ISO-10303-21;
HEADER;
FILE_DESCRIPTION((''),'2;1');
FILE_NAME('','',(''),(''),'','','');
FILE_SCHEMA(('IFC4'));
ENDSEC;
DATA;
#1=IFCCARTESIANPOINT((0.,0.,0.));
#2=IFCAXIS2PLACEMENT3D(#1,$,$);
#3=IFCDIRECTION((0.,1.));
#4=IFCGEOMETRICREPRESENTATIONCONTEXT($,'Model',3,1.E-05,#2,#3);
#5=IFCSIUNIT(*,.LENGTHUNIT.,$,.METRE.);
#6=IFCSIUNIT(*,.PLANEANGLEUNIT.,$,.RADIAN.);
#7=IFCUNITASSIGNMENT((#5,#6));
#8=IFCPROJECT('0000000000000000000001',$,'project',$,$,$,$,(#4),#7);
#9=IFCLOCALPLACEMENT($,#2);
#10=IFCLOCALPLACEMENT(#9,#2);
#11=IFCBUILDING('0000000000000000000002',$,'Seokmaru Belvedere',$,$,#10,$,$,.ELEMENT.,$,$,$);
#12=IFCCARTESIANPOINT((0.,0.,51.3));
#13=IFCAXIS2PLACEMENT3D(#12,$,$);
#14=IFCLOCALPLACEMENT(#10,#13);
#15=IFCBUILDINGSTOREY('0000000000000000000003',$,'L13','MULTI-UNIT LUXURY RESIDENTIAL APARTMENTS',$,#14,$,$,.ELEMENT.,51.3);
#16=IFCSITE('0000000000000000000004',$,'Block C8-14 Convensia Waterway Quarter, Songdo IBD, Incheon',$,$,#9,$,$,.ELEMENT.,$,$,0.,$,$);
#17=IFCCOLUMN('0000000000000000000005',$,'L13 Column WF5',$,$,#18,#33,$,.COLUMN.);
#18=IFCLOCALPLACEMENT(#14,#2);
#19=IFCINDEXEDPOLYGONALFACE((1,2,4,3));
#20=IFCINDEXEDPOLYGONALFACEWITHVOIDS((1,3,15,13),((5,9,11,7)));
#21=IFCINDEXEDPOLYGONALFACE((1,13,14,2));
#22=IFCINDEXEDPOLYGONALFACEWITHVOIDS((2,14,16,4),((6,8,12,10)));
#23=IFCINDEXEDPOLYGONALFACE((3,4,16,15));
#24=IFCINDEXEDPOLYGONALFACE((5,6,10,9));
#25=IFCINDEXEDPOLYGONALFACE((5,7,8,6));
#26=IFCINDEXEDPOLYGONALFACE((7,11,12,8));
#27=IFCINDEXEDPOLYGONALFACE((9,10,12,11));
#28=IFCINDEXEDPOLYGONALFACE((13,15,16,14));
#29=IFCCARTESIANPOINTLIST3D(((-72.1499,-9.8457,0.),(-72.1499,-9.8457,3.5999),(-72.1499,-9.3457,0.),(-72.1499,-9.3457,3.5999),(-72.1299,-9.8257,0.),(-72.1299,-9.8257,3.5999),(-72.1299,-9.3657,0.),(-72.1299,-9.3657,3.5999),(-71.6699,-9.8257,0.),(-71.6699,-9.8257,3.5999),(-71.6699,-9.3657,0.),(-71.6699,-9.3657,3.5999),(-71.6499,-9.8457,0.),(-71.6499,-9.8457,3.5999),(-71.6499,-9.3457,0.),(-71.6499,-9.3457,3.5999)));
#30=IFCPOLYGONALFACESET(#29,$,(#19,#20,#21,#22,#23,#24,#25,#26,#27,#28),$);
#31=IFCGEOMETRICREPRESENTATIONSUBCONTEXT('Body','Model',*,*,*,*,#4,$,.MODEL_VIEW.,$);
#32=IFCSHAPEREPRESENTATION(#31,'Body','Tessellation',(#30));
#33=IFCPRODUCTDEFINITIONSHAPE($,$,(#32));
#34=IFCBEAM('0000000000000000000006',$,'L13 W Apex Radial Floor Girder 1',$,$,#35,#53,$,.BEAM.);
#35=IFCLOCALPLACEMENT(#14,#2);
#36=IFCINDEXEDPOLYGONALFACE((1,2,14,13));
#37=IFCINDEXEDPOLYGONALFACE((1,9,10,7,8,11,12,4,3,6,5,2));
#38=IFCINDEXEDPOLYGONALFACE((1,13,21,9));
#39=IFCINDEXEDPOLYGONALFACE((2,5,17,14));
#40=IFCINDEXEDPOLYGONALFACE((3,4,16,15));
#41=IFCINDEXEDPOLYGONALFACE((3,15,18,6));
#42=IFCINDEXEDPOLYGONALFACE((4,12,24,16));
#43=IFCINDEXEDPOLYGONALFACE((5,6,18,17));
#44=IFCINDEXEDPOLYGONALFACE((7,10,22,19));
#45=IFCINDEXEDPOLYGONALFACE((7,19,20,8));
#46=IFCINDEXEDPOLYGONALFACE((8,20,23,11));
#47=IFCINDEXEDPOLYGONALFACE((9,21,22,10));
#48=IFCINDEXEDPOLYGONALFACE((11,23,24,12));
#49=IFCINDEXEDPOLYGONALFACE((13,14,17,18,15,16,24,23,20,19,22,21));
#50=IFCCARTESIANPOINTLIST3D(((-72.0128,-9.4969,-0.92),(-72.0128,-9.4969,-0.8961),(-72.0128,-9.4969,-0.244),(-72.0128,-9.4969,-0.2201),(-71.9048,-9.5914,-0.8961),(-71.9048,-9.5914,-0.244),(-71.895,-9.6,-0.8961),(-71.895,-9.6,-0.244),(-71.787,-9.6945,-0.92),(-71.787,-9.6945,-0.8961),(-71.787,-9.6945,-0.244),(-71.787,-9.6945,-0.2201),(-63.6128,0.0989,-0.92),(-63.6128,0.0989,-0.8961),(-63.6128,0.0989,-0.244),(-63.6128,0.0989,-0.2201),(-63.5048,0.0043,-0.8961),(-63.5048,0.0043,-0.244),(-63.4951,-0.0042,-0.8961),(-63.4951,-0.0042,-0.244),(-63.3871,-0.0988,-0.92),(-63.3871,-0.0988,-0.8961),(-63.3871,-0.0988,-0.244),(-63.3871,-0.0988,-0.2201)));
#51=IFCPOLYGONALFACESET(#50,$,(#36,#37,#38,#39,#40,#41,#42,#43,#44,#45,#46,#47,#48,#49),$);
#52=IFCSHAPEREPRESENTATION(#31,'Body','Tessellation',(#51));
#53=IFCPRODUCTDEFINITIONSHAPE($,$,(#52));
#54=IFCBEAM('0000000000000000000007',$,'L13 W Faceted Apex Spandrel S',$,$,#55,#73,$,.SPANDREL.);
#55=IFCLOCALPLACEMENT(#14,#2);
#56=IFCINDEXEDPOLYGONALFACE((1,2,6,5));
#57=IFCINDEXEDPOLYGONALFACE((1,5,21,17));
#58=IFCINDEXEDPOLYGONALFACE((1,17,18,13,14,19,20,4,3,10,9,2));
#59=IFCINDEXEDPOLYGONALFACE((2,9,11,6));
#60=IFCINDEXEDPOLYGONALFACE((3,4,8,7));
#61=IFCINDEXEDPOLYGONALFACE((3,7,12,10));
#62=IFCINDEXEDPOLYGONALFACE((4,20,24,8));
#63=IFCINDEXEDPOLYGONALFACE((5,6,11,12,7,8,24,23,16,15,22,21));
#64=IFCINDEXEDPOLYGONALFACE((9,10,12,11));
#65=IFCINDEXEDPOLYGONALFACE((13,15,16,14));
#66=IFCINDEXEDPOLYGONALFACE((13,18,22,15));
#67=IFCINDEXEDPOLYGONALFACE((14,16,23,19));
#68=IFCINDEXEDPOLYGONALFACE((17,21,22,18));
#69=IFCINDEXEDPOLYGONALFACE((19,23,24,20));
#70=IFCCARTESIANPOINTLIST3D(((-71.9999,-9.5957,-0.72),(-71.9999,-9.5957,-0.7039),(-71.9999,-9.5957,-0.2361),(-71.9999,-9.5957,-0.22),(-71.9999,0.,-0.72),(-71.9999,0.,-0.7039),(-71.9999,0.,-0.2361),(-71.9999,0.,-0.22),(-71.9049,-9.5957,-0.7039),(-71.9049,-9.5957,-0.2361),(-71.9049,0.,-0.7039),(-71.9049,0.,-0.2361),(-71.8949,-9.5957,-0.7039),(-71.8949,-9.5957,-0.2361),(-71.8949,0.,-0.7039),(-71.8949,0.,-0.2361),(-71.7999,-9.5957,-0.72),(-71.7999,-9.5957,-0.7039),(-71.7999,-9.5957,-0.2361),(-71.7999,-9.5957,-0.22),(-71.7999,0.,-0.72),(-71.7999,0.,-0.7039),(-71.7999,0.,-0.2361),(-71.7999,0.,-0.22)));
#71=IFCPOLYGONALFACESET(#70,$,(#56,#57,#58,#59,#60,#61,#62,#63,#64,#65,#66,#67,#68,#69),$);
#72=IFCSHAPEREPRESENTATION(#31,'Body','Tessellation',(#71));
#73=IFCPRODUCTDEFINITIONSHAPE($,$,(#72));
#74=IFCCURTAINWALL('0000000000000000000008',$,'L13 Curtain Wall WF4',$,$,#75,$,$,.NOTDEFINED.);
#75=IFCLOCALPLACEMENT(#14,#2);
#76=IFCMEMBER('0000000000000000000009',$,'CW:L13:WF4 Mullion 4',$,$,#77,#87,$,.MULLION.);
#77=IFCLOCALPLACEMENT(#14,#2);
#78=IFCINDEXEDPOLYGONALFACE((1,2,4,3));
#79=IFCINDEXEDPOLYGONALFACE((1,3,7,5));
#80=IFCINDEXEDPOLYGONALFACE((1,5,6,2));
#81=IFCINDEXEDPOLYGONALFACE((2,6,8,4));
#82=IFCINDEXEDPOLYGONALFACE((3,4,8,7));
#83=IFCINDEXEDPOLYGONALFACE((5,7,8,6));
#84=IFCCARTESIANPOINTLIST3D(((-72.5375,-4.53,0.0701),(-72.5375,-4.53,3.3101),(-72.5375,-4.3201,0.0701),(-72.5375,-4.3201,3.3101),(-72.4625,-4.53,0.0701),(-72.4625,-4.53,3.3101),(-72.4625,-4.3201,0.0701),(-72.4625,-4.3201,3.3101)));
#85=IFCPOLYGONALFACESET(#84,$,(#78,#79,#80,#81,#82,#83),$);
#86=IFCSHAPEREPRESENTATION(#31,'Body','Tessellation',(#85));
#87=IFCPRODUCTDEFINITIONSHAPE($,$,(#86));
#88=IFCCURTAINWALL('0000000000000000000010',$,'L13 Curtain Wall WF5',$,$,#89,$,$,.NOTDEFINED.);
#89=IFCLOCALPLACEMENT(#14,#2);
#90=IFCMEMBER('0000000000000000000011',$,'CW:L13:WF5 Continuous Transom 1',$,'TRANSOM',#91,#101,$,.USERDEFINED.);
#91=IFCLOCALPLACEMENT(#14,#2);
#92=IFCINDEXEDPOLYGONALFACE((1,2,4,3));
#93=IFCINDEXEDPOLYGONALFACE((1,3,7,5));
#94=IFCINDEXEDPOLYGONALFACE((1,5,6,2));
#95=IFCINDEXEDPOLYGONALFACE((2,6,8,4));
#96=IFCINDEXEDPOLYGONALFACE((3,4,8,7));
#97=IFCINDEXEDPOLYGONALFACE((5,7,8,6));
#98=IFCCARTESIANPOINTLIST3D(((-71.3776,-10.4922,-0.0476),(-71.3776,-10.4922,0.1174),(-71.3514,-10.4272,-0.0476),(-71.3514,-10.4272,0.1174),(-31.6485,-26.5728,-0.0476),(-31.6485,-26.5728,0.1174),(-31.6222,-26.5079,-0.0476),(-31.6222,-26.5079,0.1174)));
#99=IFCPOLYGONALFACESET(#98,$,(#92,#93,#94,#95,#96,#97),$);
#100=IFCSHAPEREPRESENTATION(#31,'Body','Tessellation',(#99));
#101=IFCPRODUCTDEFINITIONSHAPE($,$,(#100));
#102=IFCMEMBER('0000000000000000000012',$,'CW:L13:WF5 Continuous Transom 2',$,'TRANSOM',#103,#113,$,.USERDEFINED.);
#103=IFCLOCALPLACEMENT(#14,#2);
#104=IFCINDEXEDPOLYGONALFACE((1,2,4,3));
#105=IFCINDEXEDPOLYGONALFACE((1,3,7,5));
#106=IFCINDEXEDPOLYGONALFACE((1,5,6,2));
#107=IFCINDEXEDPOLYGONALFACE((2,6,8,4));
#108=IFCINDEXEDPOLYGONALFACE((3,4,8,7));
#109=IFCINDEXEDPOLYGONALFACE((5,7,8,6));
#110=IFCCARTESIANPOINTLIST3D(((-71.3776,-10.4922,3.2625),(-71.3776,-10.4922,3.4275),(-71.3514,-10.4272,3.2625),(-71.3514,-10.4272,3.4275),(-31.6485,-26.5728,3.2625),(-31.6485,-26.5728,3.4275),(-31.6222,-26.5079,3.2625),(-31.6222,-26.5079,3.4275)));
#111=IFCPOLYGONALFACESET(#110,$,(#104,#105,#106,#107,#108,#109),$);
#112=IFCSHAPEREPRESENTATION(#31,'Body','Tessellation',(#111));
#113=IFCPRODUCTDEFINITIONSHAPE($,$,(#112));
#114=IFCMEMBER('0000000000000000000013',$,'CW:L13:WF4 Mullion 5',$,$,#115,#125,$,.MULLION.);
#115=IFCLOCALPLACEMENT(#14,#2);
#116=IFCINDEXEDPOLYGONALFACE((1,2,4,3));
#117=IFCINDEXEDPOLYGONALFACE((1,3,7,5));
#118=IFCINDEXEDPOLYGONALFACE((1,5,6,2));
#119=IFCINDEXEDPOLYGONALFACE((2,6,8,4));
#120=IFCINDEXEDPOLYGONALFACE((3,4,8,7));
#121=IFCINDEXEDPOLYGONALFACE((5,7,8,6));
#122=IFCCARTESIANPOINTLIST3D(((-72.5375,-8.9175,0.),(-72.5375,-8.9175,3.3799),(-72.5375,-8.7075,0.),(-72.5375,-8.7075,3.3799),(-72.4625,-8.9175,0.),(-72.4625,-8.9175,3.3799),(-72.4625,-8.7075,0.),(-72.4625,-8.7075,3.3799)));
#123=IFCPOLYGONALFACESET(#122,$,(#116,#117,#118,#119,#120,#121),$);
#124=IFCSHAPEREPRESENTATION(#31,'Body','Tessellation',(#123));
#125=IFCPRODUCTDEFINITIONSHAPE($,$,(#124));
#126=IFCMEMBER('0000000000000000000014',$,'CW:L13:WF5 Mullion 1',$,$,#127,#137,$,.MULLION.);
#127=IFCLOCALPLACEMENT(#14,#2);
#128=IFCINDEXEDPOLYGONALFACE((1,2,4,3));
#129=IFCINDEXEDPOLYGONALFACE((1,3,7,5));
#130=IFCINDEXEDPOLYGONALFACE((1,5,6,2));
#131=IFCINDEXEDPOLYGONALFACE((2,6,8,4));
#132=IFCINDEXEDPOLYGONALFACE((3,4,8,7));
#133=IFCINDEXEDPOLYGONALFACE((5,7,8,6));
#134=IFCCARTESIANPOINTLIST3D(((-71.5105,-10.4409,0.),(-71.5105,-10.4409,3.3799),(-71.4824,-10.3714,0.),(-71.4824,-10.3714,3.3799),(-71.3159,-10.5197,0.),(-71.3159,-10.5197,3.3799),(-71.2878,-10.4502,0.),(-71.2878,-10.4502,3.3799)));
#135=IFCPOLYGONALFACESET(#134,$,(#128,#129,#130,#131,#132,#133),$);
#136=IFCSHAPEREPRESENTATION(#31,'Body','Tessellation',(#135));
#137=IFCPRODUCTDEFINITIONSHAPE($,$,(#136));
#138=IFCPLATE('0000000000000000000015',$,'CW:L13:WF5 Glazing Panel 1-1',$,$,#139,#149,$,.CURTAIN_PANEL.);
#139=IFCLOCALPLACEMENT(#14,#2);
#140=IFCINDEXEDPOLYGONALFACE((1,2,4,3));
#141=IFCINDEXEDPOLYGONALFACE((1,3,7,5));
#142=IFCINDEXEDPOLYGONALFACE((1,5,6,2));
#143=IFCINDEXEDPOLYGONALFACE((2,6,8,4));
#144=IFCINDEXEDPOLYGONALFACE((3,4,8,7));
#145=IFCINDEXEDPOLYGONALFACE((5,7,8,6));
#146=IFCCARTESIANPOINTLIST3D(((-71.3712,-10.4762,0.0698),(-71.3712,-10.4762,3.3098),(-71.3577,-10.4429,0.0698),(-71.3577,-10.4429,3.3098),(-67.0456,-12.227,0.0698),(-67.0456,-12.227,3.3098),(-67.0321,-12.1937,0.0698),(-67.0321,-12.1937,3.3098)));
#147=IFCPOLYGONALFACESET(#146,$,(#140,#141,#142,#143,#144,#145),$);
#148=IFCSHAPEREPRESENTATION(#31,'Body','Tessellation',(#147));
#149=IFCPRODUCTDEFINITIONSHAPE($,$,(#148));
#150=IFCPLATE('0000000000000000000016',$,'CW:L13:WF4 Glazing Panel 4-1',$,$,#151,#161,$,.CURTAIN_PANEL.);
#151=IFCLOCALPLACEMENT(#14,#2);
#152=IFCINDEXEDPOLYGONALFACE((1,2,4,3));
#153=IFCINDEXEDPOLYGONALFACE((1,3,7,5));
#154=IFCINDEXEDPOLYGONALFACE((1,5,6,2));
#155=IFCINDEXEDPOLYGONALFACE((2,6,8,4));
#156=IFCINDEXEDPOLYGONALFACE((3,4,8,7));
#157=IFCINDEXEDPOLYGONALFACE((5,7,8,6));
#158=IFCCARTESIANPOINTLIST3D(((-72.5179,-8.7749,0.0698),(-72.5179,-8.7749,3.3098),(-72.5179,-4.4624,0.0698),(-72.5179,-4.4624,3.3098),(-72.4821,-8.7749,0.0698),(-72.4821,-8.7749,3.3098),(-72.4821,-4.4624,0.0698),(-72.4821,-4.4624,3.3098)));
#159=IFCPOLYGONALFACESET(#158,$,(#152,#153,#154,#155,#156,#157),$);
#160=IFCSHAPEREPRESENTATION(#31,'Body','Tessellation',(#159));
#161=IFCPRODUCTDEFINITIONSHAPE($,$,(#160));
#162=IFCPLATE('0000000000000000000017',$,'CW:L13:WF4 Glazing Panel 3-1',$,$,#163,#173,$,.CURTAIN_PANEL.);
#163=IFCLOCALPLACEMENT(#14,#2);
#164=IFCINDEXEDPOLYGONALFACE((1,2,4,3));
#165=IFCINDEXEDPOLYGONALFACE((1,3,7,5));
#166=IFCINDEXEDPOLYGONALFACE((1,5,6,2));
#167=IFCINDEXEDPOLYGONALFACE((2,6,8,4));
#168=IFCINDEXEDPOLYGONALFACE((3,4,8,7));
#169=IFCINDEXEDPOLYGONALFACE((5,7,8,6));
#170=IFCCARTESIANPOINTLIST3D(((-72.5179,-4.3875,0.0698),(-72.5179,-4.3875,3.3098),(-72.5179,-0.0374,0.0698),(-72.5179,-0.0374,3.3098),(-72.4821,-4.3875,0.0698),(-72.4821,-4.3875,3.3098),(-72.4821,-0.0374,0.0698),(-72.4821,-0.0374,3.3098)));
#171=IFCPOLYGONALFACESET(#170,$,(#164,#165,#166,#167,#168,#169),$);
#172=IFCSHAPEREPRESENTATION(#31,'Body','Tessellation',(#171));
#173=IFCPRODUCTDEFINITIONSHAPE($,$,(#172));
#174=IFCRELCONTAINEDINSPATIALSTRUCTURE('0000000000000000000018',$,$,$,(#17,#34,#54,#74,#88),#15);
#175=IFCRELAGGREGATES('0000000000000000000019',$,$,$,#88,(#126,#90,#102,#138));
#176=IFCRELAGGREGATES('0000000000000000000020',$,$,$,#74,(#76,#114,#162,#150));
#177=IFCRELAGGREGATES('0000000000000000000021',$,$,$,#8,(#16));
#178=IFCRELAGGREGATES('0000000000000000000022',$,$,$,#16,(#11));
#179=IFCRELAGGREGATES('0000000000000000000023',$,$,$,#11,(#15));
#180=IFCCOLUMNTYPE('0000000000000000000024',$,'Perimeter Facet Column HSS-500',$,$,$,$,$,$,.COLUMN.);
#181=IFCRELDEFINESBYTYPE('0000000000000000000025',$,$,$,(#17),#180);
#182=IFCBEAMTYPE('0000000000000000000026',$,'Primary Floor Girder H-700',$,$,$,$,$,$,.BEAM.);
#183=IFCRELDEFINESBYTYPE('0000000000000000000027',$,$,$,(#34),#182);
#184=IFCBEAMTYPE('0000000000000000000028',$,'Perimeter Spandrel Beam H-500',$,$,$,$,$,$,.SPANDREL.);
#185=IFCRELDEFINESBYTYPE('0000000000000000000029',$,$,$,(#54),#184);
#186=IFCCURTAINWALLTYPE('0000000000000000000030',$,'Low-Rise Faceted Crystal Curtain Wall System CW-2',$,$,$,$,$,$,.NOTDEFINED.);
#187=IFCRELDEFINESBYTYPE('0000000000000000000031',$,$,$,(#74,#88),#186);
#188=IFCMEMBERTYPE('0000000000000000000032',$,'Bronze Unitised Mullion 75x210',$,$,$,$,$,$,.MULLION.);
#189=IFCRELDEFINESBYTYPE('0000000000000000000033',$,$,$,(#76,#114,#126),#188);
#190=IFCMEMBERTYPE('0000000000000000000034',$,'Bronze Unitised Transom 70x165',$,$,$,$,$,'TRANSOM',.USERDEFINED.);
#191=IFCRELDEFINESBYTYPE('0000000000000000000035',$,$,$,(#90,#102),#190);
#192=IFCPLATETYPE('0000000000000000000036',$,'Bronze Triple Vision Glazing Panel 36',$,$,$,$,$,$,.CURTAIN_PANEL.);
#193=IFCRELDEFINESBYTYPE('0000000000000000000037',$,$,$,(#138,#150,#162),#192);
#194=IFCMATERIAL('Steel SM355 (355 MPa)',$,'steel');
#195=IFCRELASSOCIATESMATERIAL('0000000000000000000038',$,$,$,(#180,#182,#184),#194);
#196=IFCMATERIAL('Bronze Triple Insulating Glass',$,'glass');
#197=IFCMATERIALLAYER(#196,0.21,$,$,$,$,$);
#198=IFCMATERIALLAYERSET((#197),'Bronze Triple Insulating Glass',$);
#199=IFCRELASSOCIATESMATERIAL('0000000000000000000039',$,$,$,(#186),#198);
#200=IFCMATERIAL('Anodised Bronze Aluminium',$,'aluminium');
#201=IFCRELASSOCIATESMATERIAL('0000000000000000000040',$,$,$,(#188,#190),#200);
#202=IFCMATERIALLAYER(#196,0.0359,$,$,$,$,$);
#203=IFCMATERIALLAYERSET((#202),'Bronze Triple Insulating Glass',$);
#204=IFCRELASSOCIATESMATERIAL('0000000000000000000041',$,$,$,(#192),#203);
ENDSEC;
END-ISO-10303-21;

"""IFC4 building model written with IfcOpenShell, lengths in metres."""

from ifc_helpers import new_model, si_unit, direction, frame, origin, origin_2d, place, context, subcontext, project, spatial, rectangle, hollow_rectangle, i_section, extrude, source, transform, mapped, material, layer, layer_set, material_profile, profile_set, type_object, type_shapes, element, aggregate, save


model = new_model("IFC4")

# Units and contexts
model_context = context("Model", 3, precision=1e-05, world=origin(), true_north=direction((0.0, 1.0)))
body_context = subcontext(model_context, "Body", "Model", "MODEL_VIEW")
ifc_project = project(units=[si_unit("LENGTHUNIT", "METRE"), si_unit("PLANEANGLEUNIT", "RADIAN")], contexts=[model_context])

# Site, building, storey
site_placement = place(None, origin())
site = spatial("IfcSite", under=ifc_project, at=site_placement, Name="Block C8-14 Convensia Waterway Quarter, Songdo IBD, Incheon", CompositionType="ELEMENT", RefElevation=0.0)
building_placement = place(site_placement, origin())
building = spatial("IfcBuilding", under=site, at=building_placement, Name="Seokmaru Belvedere", CompositionType="ELEMENT")
storey_placement = place(building_placement, frame((0.0, 0.0, 51.3)))
storey = spatial("IfcBuildingStorey", under=building, at=storey_placement, Name="L13", Description="MULTI-UNIT LUXURY RESIDENTIAL APARTMENTS", CompositionType="ELEMENT", Elevation=51.3)

# Column
ifc_material_1 = material(Name="Steel SM355 (355 MPa)", Category="steel")
ifc_material_profile_1 = material_profile(ifc_material_1, hollow_rectangle(XDim=0.5, YDim=0.5, WallThickness=0.02, at=origin_2d()), Name="HSS-500x500x20")
ifc_profile_set_1 = profile_set([ifc_material_profile_1], Name="Steel SM355 (355 MPa)")
column_type = type_object("IfcColumnType", Name="Perimeter Facet Column HSS-500", PredefinedType="COLUMN", material=ifc_profile_set_1)
shared_shape_1 = source(origin(), body_context, "Body", "SweptSolid", [
    extrude(hollow_rectangle(XDim=0.5, YDim=0.5, WallThickness=0.02, at=origin_2d()), origin(), (0.0, 0.0, 1.0), 3.5999),
])
type_shapes(column_type, [shared_shape_1])
column_placement = place(storey_placement, frame((-71.8999, -9.5957, 0.0), z_axis=(0.0, 0.0, 1.0), x_axis=(1.0, 0.0, 0.0)))
element("IfcColumn", 1, at=column_placement, inside=storey, type_object=column_type, Name="L13 Column WF5", PredefinedType="COLUMN", context=body_context, shape_type="MappedRepresentation", body=[
    mapped(shared_shape_1, transform((0.0, 0.0, 0.0), scale=1.0)),
])

# Beams
ifc_material_profile_2 = material_profile(ifc_material_1, i_section(OverallWidth=0.3, OverallDepth=0.7, WebThickness=0.0129, FlangeThickness=0.0239, at=origin_2d()), Name="H-700x300x13x24")
ifc_profile_set_2 = profile_set([ifc_material_profile_2], Name="Steel SM355 (355 MPa)")
beam_type_1 = type_object("IfcBeamType", Name="Primary Floor Girder H-700", PredefinedType="BEAM", material=ifc_profile_set_2)
shared_shape_2 = source(origin(), body_context, "Body", "SweptSolid", [
    extrude(i_section(OverallWidth=0.3, OverallDepth=0.7, WebThickness=0.0129, FlangeThickness=0.0239, at=origin_2d()), origin(), (0.0, 0.0, 1.0), 12.7529),
])
type_shapes(beam_type_1, [shared_shape_2])
beam_1_placement = place(storey_placement, frame((-71.8999, -9.5957, -0.5701), z_axis=(0.658667, 0.752434, 0.0), x_axis=(-0.752434, 0.658667, 0.0)))
element("IfcBeam", 2, at=beam_1_placement, inside=storey, type_object=beam_type_1, Name="L13 W Apex Radial Floor Girder 1", PredefinedType="BEAM", context=body_context, shape_type="MappedRepresentation", body=[
    mapped(shared_shape_2, transform((0.0, 0.0, 0.0), scale=1.0)),
])
ifc_material_profile_3 = material_profile(ifc_material_1, i_section(OverallWidth=0.2, OverallDepth=0.5, WebThickness=0.01, FlangeThickness=0.0161, at=origin_2d()), Name="H-500x200x10x16")
ifc_profile_set_3 = profile_set([ifc_material_profile_3], Name="Steel SM355 (355 MPa)")
beam_type_2 = type_object("IfcBeamType", Name="Perimeter Spandrel Beam H-500", PredefinedType="SPANDREL", material=ifc_profile_set_3)
shared_shape_3 = source(origin(), body_context, "Body", "SweptSolid", [
    extrude(i_section(OverallWidth=0.2, OverallDepth=0.5, WebThickness=0.01, FlangeThickness=0.0161, at=origin_2d()), origin(), (0.0, 0.0, 1.0), 9.5957),
])
type_shapes(beam_type_2, [shared_shape_3])
beam_2_placement = place(storey_placement, frame((-71.8999, -9.5957, -0.47), z_axis=(0.0, 1.0, 0.0), x_axis=(-1.0, 0.0, 0.0)))
element("IfcBeam", 3, at=beam_2_placement, inside=storey, type_object=beam_type_2, Name="L13 W Faceted Apex Spandrel S", PredefinedType="SPANDREL", context=body_context, shape_type="MappedRepresentation", body=[
    mapped(shared_shape_3, transform((0.0, 0.0, 0.0), scale=1.0)),
])

# Curtain wall, member
ifc_material_2 = material(Name="Bronze Triple Insulating Glass", Category="glass")
ifc_layer_1 = layer(ifc_material_2, 0.21)
ifc_layer_set_1 = layer_set([ifc_layer_1], Name="Bronze Triple Insulating Glass")
curtain_wall_type = type_object("IfcCurtainWallType", Name="Low-Rise Faceted Crystal Curtain Wall System CW-2", PredefinedType="NOTDEFINED", material=ifc_layer_set_1)
curtain_wall_1_placement = place(storey_placement, origin())
curtain_wall_1 = element("IfcCurtainWall", 4, at=curtain_wall_1_placement, inside=storey, type_object=curtain_wall_type, Name="L13 Curtain Wall WF4", PredefinedType="NOTDEFINED")
ifc_material_3 = material(Name="Anodised Bronze Aluminium", Category="aluminium")
ifc_material_profile_4 = material_profile(ifc_material_3, rectangle(XDim=0.075, YDim=0.21, at=origin_2d()), Name="CW-M-75x210")
ifc_profile_set_4 = profile_set([ifc_material_profile_4], Name="Anodised Bronze Aluminium")
member_type_1 = type_object("IfcMemberType", Name="Bronze Unitised Mullion 75x210", PredefinedType="MULLION", material=ifc_profile_set_4)
shared_shape_4 = source(origin(), body_context, "Body", "SweptSolid", [
    extrude(rectangle(XDim=0.075, YDim=0.21, at=origin_2d()), origin(), (0.0, 0.0, 1.0), 3.24),
])
member_1_placement = place(storey_placement, frame((-72.5, -4.425, 0.0701), z_axis=(0.0, 0.0, 1.0), x_axis=(1.0, 0.0, 0.0)))
member_1 = element("IfcMember", 5, at=member_1_placement, type_object=member_type_1, Name="CW:L13:WF4 Mullion 4", PredefinedType="MULLION", context=body_context, shape_type="MappedRepresentation", body=[
    mapped(shared_shape_4, transform((0.0, 0.0, 0.0), scale=1.0)),
])

# Curtain wall, members
curtain_wall_2_placement = place(storey_placement, origin())
curtain_wall_2 = element("IfcCurtainWall", 6, at=curtain_wall_2_placement, inside=storey, type_object=curtain_wall_type, Name="L13 Curtain Wall WF5", PredefinedType="NOTDEFINED")
ifc_material_profile_5 = material_profile(ifc_material_3, rectangle(XDim=0.0701, YDim=0.165, at=origin_2d()), Name="CW-T-70x165")
ifc_profile_set_5 = profile_set([ifc_material_profile_5], Name="Anodised Bronze Aluminium")
member_type_2 = type_object("IfcMemberType", Name="Bronze Unitised Transom 70x165", ElementType="TRANSOM", PredefinedType="USERDEFINED", material=ifc_profile_set_5)
shared_shape_5 = source(origin(), body_context, "Body", "SweptSolid", [
    extrude(rectangle(XDim=0.0701, YDim=0.165, at=origin_2d()), origin(), (0.0, 0.0, 1.0), 42.8601),
])
type_shapes(member_type_2, [shared_shape_5])
member_2_placement = place(storey_placement, frame((-71.3645, -10.4597, 0.0349), z_axis=(0.926949, -0.375188, 0.0), x_axis=(0.375188, 0.926949, 0.0)))
member_2 = element("IfcMember", 7, at=member_2_placement, type_object=member_type_2, Name="CW:L13:WF5 Continuous Transom 1", ObjectType="TRANSOM", PredefinedType="USERDEFINED", context=body_context, shape_type="MappedRepresentation", body=[
    mapped(shared_shape_5, transform((0.0, 0.0, 0.0), scale=1.0)),
])
member_3_placement = place(storey_placement, frame((-71.3645, -10.4597, 3.345), z_axis=(0.926949, -0.375188, 0.0), x_axis=(0.375188, 0.926949, 0.0)))
member_3 = element("IfcMember", 8, at=member_3_placement, type_object=member_type_2, Name="CW:L13:WF5 Continuous Transom 2", ObjectType="TRANSOM", PredefinedType="USERDEFINED", context=body_context, shape_type="MappedRepresentation", body=[
    mapped(shared_shape_5, transform((0.0, 0.0, 0.0), scale=1.0)),
])

# Members
shared_shape_6 = source(origin(), body_context, "Body", "SweptSolid", [
    extrude(rectangle(XDim=0.075, YDim=0.21, at=origin_2d()), origin(), (0.0, 0.0, 1.0), 3.3799),
])
type_shapes(member_type_1, [shared_shape_4, shared_shape_6])
member_4_placement = place(storey_placement, frame((-72.5, -8.8125, 0.0), z_axis=(0.0, 0.0, 1.0), x_axis=(1.0, 0.0, 0.0)))
member_4 = element("IfcMember", 9, at=member_4_placement, type_object=member_type_1, Name="CW:L13:WF4 Mullion 5", PredefinedType="MULLION", context=body_context, shape_type="MappedRepresentation", body=[
    mapped(shared_shape_6, transform((0.0, 0.0, 0.0), scale=1.0)),
])
member_5_placement = place(storey_placement, frame((-71.3992, -10.4456, 0.0), z_axis=(0.0, 0.0, 1.0), x_axis=(0.375192, 0.926947, 0.0)))
member_5 = element("IfcMember", 10, at=member_5_placement, type_object=member_type_1, Name="CW:L13:WF5 Mullion 1", PredefinedType="MULLION", context=body_context, shape_type="MappedRepresentation", body=[
    mapped(shared_shape_6, transform((0.0, 0.0, 0.0), scale=1.0)),
])

# Plates
ifc_layer_2 = layer(ifc_material_2, 0.0359)
ifc_layer_set_2 = layer_set([ifc_layer_2], Name="Bronze Triple Insulating Glass")
plate_type = type_object("IfcPlateType", Name="Bronze Triple Vision Glazing Panel 36", PredefinedType="CURTAIN_PANEL", material=ifc_layer_set_2)
shared_shape_7 = source(origin(), body_context, "Body", "SweptSolid", [
    extrude(rectangle(XDim=4.6665, YDim=0.0359, at=origin_2d()), origin(), (0.0, 0.0, 1.0), 3.24),
])
plate_1_placement = place(storey_placement, frame((-69.2017, -11.335, 0.0698), z_axis=(0.0, 0.0, 1.0), x_axis=(0.926947, -0.375192, 0.0)))
plate_1 = element("IfcPlate", 11, at=plate_1_placement, type_object=plate_type, Name="CW:L13:WF5 Glazing Panel 1-1", PredefinedType="CURTAIN_PANEL", context=body_context, shape_type="MappedRepresentation", body=[
    mapped(shared_shape_7, transform((0.0, 0.0, 0.0), scale=1.0)),
])
aggregate(curtain_wall_2, [member_5, member_2, member_3, plate_1])
shared_shape_8 = source(origin(), body_context, "Body", "SweptSolid", [
    extrude(rectangle(XDim=4.3125, YDim=0.0359, at=origin_2d()), origin(), (0.0, 0.0, 1.0), 3.24),
])
plate_2_placement = place(storey_placement, frame((-72.5, -6.6187, 0.0698), z_axis=(0.0, 0.0, 1.0), x_axis=(0.0, -1.0, 0.0)))
plate_2 = element("IfcPlate", 12, at=plate_2_placement, type_object=plate_type, Name="CW:L13:WF4 Glazing Panel 4-1", PredefinedType="CURTAIN_PANEL", context=body_context, shape_type="MappedRepresentation", body=[
    mapped(shared_shape_8, transform((0.0, 0.0, 0.0), scale=1.0)),
])
shared_shape_9 = source(origin(), body_context, "Body", "SweptSolid", [
    extrude(rectangle(XDim=4.3501, YDim=0.0359, at=origin_2d()), origin(), (0.0, 0.0, 1.0), 3.24),
])
type_shapes(plate_type, [shared_shape_7, shared_shape_8, shared_shape_9])
plate_3_placement = place(storey_placement, frame((-72.5, -2.2124, 0.0698), z_axis=(0.0, 0.0, 1.0), x_axis=(0.0, -1.0, 0.0)))
plate_3 = element("IfcPlate", 13, at=plate_3_placement, type_object=plate_type, Name="CW:L13:WF4 Glazing Panel 3-1", PredefinedType="CURTAIN_PANEL", context=body_context, shape_type="MappedRepresentation", body=[
    mapped(shared_shape_9, transform((0.0, 0.0, 0.0), scale=1.0)),
])
aggregate(curtain_wall_1, [member_1, member_4, plate_3, plate_2])

save(model, "model.ifc")
